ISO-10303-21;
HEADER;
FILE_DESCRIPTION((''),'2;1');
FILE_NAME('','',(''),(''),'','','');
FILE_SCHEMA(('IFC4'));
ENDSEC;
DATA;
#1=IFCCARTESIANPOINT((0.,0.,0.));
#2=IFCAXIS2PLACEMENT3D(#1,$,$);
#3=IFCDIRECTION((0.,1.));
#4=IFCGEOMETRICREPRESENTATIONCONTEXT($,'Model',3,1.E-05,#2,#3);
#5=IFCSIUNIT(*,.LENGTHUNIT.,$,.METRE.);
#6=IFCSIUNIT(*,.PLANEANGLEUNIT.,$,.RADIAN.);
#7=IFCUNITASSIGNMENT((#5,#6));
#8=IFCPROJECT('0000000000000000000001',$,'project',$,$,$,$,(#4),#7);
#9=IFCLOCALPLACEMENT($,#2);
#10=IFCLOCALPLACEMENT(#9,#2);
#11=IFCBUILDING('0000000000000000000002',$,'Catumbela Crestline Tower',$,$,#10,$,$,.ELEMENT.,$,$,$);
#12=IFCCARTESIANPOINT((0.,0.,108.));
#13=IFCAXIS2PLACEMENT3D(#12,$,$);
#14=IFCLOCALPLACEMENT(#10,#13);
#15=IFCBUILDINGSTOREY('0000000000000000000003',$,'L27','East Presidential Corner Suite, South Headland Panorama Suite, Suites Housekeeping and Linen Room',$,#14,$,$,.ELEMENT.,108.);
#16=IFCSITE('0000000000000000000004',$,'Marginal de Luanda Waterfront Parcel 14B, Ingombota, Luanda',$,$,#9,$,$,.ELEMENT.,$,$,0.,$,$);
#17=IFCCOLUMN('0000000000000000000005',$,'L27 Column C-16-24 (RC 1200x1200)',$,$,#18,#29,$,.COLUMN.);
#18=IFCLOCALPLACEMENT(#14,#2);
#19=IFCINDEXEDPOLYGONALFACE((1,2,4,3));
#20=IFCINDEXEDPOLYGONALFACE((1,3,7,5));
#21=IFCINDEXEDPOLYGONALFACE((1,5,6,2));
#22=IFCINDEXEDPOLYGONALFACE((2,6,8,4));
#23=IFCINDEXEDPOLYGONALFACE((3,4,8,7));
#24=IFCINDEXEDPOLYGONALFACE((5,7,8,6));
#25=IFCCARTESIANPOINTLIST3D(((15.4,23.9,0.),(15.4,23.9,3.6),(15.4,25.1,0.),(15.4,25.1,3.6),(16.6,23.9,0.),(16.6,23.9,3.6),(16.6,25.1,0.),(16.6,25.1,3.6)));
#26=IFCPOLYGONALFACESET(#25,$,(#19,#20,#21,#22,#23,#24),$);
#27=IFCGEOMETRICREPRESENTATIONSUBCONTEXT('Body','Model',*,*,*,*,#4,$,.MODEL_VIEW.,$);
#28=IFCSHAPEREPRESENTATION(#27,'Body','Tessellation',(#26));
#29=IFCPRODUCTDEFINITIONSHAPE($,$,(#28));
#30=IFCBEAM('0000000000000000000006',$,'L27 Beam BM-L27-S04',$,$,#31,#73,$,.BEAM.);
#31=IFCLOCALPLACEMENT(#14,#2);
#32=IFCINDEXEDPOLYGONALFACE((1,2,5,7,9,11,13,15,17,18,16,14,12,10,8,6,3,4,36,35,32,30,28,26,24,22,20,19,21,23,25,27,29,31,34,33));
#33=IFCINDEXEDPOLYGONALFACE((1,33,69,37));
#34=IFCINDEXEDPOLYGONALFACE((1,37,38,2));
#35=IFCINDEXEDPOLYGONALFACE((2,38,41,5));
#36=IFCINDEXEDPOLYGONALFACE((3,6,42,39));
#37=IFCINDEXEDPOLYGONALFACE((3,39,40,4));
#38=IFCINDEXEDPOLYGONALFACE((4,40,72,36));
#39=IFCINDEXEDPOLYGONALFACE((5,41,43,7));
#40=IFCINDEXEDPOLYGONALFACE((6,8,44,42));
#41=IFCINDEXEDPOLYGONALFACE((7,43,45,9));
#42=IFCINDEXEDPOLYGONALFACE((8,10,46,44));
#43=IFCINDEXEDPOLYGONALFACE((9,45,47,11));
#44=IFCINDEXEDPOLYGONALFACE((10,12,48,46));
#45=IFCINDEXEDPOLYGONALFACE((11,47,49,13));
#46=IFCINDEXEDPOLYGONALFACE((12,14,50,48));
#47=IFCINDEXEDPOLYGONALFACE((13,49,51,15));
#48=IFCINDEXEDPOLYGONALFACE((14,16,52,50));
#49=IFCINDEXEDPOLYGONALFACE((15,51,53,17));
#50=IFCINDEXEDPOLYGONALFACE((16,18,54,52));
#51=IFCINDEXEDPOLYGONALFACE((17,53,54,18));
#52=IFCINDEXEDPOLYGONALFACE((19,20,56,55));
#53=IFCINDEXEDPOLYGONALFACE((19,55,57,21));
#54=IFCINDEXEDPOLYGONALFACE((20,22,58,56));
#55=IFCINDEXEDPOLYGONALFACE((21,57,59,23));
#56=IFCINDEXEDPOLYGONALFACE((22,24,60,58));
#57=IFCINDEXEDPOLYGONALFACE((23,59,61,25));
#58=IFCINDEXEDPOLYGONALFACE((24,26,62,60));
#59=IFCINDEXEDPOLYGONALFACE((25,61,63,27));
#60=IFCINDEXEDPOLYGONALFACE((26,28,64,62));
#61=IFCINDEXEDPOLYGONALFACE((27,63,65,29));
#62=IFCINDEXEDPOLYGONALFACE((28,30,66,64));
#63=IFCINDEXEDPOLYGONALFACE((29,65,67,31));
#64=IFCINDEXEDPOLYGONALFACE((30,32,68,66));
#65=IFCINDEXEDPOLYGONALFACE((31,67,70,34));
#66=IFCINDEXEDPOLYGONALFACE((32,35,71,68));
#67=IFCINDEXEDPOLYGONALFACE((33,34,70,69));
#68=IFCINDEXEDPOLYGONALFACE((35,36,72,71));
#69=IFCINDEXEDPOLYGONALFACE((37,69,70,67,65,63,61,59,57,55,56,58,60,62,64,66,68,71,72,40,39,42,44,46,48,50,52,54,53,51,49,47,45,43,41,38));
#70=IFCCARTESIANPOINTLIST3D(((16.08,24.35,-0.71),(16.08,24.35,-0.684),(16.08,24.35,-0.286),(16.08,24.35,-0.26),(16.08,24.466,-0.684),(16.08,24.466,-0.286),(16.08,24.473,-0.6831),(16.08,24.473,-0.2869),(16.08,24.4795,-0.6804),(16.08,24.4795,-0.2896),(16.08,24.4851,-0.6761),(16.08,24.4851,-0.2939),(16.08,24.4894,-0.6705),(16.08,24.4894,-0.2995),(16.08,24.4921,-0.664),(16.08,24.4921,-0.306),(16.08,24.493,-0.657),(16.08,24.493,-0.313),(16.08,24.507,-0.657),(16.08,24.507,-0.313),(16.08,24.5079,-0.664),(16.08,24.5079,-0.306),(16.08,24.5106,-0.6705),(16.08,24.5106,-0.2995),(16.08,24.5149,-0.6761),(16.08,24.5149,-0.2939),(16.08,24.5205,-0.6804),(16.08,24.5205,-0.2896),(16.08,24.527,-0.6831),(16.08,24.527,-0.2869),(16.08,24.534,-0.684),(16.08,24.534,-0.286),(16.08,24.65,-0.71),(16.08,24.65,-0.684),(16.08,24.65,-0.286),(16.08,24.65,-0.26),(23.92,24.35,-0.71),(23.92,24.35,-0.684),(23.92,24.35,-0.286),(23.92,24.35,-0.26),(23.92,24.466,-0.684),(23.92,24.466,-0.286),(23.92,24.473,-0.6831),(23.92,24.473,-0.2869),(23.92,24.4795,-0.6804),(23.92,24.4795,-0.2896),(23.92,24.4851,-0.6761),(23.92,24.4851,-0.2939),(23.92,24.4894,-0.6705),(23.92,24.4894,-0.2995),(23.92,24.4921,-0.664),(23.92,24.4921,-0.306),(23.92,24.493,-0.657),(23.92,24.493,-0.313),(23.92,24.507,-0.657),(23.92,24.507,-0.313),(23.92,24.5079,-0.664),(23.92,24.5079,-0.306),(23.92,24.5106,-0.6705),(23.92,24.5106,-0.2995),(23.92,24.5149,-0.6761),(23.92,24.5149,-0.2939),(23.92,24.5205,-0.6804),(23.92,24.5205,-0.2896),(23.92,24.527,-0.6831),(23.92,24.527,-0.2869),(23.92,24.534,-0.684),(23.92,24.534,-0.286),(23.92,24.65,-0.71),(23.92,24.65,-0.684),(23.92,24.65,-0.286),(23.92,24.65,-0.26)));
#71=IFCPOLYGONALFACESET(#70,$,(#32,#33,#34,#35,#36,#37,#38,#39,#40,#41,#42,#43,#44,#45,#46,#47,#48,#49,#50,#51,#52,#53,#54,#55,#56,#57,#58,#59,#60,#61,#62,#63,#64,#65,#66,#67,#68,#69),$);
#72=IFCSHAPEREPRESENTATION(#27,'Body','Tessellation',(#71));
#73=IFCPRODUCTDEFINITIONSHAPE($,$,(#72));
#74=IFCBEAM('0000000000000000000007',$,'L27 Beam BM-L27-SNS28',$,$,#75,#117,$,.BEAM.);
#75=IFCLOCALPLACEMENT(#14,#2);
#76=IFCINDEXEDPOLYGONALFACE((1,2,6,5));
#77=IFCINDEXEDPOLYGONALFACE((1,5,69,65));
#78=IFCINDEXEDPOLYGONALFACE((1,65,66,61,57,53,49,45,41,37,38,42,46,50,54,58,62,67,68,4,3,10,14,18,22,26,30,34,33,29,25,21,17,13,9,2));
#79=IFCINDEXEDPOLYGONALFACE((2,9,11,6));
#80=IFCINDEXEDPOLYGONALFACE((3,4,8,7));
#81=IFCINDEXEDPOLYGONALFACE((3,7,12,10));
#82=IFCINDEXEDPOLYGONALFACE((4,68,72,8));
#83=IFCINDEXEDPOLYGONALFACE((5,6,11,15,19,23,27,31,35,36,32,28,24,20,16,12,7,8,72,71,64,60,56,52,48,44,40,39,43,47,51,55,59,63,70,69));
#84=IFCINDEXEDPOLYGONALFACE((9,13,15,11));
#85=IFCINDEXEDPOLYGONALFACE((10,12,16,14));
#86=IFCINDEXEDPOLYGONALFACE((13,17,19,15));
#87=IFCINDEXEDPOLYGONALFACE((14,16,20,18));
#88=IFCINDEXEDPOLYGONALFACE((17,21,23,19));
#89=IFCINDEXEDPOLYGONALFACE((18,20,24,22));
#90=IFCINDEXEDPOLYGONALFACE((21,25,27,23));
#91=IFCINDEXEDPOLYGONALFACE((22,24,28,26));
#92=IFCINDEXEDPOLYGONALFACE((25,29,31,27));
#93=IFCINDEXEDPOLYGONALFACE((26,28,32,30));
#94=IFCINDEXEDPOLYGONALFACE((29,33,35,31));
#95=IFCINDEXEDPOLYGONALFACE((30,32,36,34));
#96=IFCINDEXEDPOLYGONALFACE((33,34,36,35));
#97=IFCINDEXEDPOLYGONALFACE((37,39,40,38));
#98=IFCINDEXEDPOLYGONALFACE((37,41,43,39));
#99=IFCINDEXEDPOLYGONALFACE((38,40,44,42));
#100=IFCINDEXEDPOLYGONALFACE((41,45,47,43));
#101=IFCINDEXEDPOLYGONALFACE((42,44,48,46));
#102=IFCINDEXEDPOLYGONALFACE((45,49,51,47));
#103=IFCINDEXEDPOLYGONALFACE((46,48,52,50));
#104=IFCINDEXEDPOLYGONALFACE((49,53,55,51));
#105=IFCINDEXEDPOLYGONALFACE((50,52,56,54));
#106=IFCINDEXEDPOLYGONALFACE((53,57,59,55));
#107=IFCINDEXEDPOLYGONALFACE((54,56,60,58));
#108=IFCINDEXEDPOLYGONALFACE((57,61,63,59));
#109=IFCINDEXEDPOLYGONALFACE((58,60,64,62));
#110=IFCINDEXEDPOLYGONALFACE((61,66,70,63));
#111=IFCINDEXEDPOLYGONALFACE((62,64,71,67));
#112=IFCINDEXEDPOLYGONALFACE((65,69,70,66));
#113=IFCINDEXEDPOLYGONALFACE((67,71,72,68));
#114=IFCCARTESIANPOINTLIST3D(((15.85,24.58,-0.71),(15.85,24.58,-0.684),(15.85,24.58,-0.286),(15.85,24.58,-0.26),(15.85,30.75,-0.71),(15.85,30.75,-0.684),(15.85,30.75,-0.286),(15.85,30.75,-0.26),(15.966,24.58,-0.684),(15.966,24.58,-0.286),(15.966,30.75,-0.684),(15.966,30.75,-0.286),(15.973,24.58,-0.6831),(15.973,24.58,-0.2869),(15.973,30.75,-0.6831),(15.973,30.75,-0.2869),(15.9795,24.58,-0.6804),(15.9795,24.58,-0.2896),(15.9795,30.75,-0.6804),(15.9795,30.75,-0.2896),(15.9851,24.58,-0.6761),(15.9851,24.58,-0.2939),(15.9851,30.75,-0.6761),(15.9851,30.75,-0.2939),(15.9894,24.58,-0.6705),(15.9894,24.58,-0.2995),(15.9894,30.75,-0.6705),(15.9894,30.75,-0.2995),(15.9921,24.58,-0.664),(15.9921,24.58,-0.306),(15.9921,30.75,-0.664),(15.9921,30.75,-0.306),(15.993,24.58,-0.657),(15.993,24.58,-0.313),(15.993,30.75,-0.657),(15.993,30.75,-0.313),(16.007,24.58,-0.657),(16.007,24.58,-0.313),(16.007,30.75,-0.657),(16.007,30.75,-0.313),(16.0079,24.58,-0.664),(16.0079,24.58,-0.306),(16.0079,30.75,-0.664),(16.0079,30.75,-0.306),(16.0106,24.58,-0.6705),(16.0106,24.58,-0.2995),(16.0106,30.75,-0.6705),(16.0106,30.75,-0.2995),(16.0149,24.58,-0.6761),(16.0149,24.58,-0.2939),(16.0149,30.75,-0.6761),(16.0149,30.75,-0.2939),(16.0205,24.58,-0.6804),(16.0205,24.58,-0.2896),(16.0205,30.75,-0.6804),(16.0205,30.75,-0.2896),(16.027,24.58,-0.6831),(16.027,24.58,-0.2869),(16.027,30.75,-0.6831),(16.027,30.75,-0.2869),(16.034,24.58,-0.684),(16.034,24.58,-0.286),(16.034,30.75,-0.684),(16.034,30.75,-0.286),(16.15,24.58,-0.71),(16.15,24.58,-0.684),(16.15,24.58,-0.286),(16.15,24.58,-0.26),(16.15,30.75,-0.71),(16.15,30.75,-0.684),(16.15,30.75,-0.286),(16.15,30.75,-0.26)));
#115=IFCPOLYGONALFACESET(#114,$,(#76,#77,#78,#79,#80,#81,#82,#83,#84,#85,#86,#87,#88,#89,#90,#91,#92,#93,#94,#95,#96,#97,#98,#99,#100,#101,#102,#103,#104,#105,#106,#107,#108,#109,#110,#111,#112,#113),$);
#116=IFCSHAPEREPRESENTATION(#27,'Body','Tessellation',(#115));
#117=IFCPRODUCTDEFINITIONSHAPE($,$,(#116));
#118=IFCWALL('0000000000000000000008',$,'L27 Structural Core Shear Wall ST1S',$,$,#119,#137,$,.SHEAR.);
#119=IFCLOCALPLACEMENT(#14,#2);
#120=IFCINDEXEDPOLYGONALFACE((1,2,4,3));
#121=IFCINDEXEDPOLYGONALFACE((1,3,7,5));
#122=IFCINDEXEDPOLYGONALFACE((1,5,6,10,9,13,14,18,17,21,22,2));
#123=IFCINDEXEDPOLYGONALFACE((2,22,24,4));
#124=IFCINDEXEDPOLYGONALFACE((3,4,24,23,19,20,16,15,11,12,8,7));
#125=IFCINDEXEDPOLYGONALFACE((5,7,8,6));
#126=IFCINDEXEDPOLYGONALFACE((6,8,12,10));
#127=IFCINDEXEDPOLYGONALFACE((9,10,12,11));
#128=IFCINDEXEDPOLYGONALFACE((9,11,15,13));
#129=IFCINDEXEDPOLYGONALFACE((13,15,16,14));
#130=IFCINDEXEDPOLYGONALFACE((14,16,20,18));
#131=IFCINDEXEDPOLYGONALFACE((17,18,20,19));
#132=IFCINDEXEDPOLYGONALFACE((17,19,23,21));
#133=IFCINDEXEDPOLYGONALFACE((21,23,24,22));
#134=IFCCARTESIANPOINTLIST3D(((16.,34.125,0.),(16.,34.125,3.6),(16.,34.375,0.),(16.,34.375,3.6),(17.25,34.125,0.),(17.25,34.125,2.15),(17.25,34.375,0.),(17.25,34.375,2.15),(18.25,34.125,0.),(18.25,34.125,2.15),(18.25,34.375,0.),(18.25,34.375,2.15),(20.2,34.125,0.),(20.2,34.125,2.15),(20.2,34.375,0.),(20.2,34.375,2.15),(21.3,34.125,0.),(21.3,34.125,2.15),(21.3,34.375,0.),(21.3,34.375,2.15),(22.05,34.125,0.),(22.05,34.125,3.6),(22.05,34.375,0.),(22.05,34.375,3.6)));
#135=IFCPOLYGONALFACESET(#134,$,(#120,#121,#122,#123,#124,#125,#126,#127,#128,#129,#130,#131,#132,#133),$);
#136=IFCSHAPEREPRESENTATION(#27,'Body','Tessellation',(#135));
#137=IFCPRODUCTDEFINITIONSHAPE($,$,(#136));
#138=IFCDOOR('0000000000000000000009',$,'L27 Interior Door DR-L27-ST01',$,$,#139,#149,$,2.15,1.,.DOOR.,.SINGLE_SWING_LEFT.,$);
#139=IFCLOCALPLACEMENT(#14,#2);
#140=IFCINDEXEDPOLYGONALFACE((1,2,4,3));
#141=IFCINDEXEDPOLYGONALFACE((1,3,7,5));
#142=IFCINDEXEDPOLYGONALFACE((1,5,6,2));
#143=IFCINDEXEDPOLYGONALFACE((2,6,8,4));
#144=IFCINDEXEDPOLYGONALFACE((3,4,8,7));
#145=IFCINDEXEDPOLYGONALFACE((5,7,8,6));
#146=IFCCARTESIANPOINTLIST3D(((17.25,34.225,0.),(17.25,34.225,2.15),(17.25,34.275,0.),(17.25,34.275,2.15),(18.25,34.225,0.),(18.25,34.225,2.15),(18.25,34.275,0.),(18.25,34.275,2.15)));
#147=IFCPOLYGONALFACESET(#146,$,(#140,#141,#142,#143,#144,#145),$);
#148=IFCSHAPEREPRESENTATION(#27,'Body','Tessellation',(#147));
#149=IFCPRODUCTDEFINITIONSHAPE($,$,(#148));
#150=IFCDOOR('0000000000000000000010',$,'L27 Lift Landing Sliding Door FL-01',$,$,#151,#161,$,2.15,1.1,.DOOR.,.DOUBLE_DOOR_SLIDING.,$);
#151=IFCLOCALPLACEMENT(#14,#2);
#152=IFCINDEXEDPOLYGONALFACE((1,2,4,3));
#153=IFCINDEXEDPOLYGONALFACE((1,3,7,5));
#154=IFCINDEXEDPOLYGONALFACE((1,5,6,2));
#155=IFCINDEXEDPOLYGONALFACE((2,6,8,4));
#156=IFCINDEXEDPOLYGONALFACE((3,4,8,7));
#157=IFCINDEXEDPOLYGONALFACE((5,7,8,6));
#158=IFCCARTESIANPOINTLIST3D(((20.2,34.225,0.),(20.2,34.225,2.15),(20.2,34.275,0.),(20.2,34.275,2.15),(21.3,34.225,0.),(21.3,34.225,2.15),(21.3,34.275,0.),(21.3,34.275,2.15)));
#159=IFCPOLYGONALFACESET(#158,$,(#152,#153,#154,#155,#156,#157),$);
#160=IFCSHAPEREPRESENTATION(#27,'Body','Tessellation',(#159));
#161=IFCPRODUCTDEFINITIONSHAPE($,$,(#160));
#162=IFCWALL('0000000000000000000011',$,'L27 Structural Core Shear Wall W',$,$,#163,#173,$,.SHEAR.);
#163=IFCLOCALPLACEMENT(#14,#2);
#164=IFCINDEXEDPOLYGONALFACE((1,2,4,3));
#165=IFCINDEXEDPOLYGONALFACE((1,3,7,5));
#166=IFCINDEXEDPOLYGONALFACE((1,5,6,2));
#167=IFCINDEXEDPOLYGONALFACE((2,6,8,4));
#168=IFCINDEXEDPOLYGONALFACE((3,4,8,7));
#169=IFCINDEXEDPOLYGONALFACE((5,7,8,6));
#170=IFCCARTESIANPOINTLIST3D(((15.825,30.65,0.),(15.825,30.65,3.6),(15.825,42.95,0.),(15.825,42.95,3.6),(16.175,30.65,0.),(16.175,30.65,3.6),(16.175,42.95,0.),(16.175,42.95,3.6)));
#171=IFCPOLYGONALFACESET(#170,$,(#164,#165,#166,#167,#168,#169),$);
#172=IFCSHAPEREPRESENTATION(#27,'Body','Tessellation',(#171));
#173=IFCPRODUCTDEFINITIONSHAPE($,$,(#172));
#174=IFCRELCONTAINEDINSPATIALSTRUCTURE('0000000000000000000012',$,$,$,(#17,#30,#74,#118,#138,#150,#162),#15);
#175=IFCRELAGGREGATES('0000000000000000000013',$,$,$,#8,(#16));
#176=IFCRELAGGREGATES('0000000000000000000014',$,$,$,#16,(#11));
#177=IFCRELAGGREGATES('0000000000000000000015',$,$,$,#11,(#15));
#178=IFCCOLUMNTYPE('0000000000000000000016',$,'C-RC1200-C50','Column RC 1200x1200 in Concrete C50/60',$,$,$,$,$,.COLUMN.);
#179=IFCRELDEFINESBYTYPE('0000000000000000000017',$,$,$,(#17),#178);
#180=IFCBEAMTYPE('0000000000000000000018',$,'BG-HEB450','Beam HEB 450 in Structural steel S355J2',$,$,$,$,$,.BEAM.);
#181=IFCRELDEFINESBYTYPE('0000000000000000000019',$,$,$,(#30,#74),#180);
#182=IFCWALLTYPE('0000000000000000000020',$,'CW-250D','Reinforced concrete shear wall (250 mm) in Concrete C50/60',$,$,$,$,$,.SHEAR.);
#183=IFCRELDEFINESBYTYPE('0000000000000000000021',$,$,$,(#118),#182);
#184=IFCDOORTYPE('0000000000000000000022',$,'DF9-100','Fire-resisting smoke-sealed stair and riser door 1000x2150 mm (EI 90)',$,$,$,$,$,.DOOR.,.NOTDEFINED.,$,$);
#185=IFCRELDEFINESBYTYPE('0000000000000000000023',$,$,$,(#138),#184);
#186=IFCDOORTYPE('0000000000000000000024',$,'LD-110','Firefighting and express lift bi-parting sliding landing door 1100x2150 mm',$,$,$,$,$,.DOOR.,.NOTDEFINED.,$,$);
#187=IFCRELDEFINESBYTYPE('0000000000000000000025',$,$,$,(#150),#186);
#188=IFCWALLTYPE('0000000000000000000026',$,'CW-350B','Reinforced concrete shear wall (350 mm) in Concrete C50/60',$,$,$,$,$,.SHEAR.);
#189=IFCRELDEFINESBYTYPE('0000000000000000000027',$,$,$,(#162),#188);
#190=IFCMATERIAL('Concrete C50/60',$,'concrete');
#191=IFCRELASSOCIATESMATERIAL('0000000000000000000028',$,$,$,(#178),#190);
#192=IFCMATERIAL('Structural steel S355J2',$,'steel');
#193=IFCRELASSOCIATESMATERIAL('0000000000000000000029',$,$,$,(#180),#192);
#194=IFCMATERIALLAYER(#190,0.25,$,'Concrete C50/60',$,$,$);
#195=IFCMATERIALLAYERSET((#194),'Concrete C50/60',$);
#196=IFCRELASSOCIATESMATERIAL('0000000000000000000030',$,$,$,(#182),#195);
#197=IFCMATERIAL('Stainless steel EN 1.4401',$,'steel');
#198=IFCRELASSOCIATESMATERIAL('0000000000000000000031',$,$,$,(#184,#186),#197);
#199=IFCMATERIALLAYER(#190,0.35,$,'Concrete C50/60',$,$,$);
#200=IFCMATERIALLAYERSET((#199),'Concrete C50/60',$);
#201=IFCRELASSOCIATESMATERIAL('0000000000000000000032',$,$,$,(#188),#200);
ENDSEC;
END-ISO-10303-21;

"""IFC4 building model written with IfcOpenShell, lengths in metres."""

from ifc_helpers import new_model, si_unit, direction, frame, frame_2d, origin, origin_2d, place, context, subcontext, project, spatial, rectangle, i_section, extrude, material, layer, layer_set, material_profile, profile_set, type_object, element, fill, save


model = new_model("IFC4")

# Units and contexts
model_context = context("Model", 3, precision=1e-05, world=origin(), true_north=direction((0.0, 1.0)))
body_context = subcontext(model_context, "Body", "Model", "MODEL_VIEW")
ifc_project = project(units=[si_unit("LENGTHUNIT", "METRE"), si_unit("PLANEANGLEUNIT", "RADIAN")], contexts=[model_context])

# Site, building, storey
site_placement = place(None, origin())
site = spatial("IfcSite", under=ifc_project, at=site_placement, Name="Marginal de Luanda Waterfront Parcel 14B, Ingombota, Luanda", CompositionType="ELEMENT", RefElevation=0.0)
building_placement = place(site_placement, origin())
building = spatial("IfcBuilding", under=site, at=building_placement, Name="Catumbela Crestline Tower", CompositionType="ELEMENT")
storey_placement = place(building_placement, frame((0.0, 0.0, 108.0)))
storey = spatial("IfcBuildingStorey", under=building, at=storey_placement, Name="L27", Description="East Presidential Corner Suite, South Headland Panorama Suite, Suites Housekeeping and Linen Room", CompositionType="ELEMENT", Elevation=108.0)

# Column
ifc_material_1 = material(Name="Concrete C50/60", Category="concrete")
ifc_material_profile_1 = material_profile(ifc_material_1, rectangle(XDim=1.2, YDim=1.2, at=origin_2d()), Name="RC 1200x1200")
ifc_profile_set_1 = profile_set([ifc_material_profile_1], Name="Concrete C50/60")
column_type = type_object("IfcColumnType", Name="C-RC1200-C50", Description="Column RC 1200x1200 in Concrete C50/60", PredefinedType="COLUMN", material=ifc_profile_set_1)
column_placement = place(storey_placement, frame((16.0, 24.5, 0.0), z_axis=(0.0, 0.0, 1.0), x_axis=(1.0, 0.0, 0.0)))
element("IfcColumn", 1, at=column_placement, inside=storey, type_object=column_type, Name="L27 Column C-16-24 (RC 1200x1200)", PredefinedType="COLUMN", context=body_context, shape_type="SweptSolid", body=[
    extrude(rectangle(XDim=1.2, YDim=1.2, at=origin_2d()), origin(), (0.0, 0.0, 1.0), 3.6),
])

# Beams
ifc_material_2 = material(Name="Structural steel S355J2", Category="steel")
ifc_material_profile_2 = material_profile(ifc_material_2, i_section(OverallWidth=0.3, OverallDepth=0.45, WebThickness=0.014, FlangeThickness=0.026, FilletRadius=0.027, at=origin_2d()), Name="HEB 450")
ifc_profile_set_2 = profile_set([ifc_material_profile_2], Name="Structural steel S355J2")
beam_type = type_object("IfcBeamType", Name="BG-HEB450", Description="Beam HEB 450 in Structural steel S355J2", PredefinedType="BEAM", material=ifc_profile_set_2)
beam_1_placement = place(storey_placement, frame((16.08, 24.5, -0.485), z_axis=(1.0, 0.0, 0.0), x_axis=(0.0, 1.0, 0.0)))
element("IfcBeam", 2, at=beam_1_placement, inside=storey, type_object=beam_type, Name="L27 Beam BM-L27-S04", PredefinedType="BEAM", context=body_context, shape_type="SweptSolid", body=[
    extrude(i_section(OverallWidth=0.3, OverallDepth=0.45, WebThickness=0.014, FlangeThickness=0.026, FilletRadius=0.027, at=origin_2d()), origin(), (0.0, 0.0, 1.0), 7.84),
])
beam_2_placement = place(storey_placement, frame((16.0, 24.58, -0.485), z_axis=(0.0, 1.0, 0.0), x_axis=(-1.0, 0.0, 0.0)))
element("IfcBeam", 3, at=beam_2_placement, inside=storey, type_object=beam_type, Name="L27 Beam BM-L27-SNS28", PredefinedType="BEAM", context=body_context, shape_type="SweptSolid", body=[
    extrude(i_section(OverallWidth=0.3, OverallDepth=0.45, WebThickness=0.014, FlangeThickness=0.026, FilletRadius=0.027, at=origin_2d()), origin(), (0.0, 0.0, 1.0), 6.17),
])

# Wall, openings, doors
ifc_layer_1 = layer(ifc_material_1, 0.25, Name="Concrete C50/60")
ifc_layer_set_1 = layer_set([ifc_layer_1], Name="Concrete C50/60")
wall_type_1 = type_object("IfcWallType", Name="CW-250D", Description="Reinforced concrete shear wall (250 mm) in Concrete C50/60", PredefinedType="SHEAR", material=ifc_layer_set_1)
wall_1_placement = place(storey_placement, frame((16.0, 34.25, 0.0), z_axis=(0.0, 0.0, 1.0), x_axis=(1.0, 0.0, 0.0)))
wall_1 = element("IfcWall", 4, at=wall_1_placement, inside=storey, type_object=wall_type_1, Name="L27 Structural Core Shear Wall ST1S", PredefinedType="SHEAR", context=body_context, shape_type="SweptSolid", body=[
    extrude(rectangle(XDim=6.05, YDim=0.25, at=frame_2d((3.025, 0.0))), origin(), (0.0, 0.0, 1.0), 3.6),
])
opening_1_placement = place(wall_1_placement, frame((1.25, 0.0, 0.0)))
opening_1 = element("IfcOpeningElement", 5, at=opening_1_placement, cuts=wall_1, PredefinedType="OPENING", context=body_context, shape_type="SweptSolid", body=[
    extrude(rectangle(XDim=1.0, YDim=2.15, at=frame_2d((0.5, 1.075))), frame((0.0, 0.135, 0.0), z_axis=(0.0, -1.0, 0.0), x_axis=(1.0, 0.0, 0.0)), (0.0, 0.0, 1.0), 0.27),
])
opening_2_placement = place(wall_1_placement, frame((4.2, 0.0, 0.0)))
opening_2 = element("IfcOpeningElement", 6, at=opening_2_placement, cuts=wall_1, PredefinedType="OPENING", context=body_context, shape_type="SweptSolid", body=[
    extrude(rectangle(XDim=1.1, YDim=2.15, at=frame_2d((0.55, 1.075))), frame((0.0, 0.135, 0.0), z_axis=(0.0, -1.0, 0.0), x_axis=(1.0, 0.0, 0.0)), (0.0, 0.0, 1.0), 0.27),
])
ifc_material_3 = material(Name="Stainless steel EN 1.4401", Category="steel")
door_type_1 = type_object("IfcDoorType", Name="DF9-100", Description="Fire-resisting smoke-sealed stair and riser door 1000x2150 mm (EI 90)", OperationType="NOTDEFINED", PredefinedType="DOOR", material=ifc_material_3)
door_1_placement = place(opening_1_placement, origin())
door_1 = element("IfcDoor", 7, at=door_1_placement, inside=storey, type_object=door_type_1, Name="L27 Interior Door DR-L27-ST01", OperationType="SINGLE_SWING_LEFT", OverallHeight=2.15, OverallWidth=1.0, PredefinedType="DOOR", context=body_context, shape_type="SweptSolid", body=[
    extrude(rectangle(XDim=1.0, YDim=2.15, at=frame_2d((0.5, 1.075))), frame((0.0, 0.025, 0.0), z_axis=(0.0, -1.0, 0.0), x_axis=(1.0, 0.0, 0.0)), (0.0, 0.0, 1.0), 0.05),
])
fill(opening_1, door_1)
door_type_2 = type_object("IfcDoorType", Name="LD-110", Description="Firefighting and express lift bi-parting sliding landing door 1100x2150 mm", OperationType="NOTDEFINED", PredefinedType="DOOR", material=ifc_material_3)
door_2_placement = place(opening_2_placement, origin())
door_2 = element("IfcDoor", 8, at=door_2_placement, inside=storey, type_object=door_type_2, Name="L27 Lift Landing Sliding Door FL-01", OperationType="DOUBLE_DOOR_SLIDING", OverallHeight=2.15, OverallWidth=1.1, PredefinedType="DOOR", context=body_context, shape_type="SweptSolid", body=[
    extrude(rectangle(XDim=1.1, YDim=2.15, at=frame_2d((0.55, 1.075))), frame((0.0, 0.025, 0.0), z_axis=(0.0, -1.0, 0.0), x_axis=(1.0, 0.0, 0.0)), (0.0, 0.0, 1.0), 0.05),
])
fill(opening_2, door_2)

# Wall
ifc_layer_2 = layer(ifc_material_1, 0.35, Name="Concrete C50/60")
ifc_layer_set_2 = layer_set([ifc_layer_2], Name="Concrete C50/60")
wall_type_2 = type_object("IfcWallType", Name="CW-350B", Description="Reinforced concrete shear wall (350 mm) in Concrete C50/60", PredefinedType="SHEAR", material=ifc_layer_set_2)
wall_2_placement = place(storey_placement, frame((16.0, 30.65, 0.0), z_axis=(0.0, 0.0, 1.0), x_axis=(0.0, 1.0, 0.0)))
element("IfcWall", 9, at=wall_2_placement, inside=storey, type_object=wall_type_2, Name="L27 Structural Core Shear Wall W", PredefinedType="SHEAR", context=body_context, shape_type="SweptSolid", body=[
    extrude(rectangle(XDim=12.3, YDim=0.35, at=frame_2d((6.15, 0.0))), origin(), (0.0, 0.0, 1.0), 3.6),
])

save(model, "model.ifc")
